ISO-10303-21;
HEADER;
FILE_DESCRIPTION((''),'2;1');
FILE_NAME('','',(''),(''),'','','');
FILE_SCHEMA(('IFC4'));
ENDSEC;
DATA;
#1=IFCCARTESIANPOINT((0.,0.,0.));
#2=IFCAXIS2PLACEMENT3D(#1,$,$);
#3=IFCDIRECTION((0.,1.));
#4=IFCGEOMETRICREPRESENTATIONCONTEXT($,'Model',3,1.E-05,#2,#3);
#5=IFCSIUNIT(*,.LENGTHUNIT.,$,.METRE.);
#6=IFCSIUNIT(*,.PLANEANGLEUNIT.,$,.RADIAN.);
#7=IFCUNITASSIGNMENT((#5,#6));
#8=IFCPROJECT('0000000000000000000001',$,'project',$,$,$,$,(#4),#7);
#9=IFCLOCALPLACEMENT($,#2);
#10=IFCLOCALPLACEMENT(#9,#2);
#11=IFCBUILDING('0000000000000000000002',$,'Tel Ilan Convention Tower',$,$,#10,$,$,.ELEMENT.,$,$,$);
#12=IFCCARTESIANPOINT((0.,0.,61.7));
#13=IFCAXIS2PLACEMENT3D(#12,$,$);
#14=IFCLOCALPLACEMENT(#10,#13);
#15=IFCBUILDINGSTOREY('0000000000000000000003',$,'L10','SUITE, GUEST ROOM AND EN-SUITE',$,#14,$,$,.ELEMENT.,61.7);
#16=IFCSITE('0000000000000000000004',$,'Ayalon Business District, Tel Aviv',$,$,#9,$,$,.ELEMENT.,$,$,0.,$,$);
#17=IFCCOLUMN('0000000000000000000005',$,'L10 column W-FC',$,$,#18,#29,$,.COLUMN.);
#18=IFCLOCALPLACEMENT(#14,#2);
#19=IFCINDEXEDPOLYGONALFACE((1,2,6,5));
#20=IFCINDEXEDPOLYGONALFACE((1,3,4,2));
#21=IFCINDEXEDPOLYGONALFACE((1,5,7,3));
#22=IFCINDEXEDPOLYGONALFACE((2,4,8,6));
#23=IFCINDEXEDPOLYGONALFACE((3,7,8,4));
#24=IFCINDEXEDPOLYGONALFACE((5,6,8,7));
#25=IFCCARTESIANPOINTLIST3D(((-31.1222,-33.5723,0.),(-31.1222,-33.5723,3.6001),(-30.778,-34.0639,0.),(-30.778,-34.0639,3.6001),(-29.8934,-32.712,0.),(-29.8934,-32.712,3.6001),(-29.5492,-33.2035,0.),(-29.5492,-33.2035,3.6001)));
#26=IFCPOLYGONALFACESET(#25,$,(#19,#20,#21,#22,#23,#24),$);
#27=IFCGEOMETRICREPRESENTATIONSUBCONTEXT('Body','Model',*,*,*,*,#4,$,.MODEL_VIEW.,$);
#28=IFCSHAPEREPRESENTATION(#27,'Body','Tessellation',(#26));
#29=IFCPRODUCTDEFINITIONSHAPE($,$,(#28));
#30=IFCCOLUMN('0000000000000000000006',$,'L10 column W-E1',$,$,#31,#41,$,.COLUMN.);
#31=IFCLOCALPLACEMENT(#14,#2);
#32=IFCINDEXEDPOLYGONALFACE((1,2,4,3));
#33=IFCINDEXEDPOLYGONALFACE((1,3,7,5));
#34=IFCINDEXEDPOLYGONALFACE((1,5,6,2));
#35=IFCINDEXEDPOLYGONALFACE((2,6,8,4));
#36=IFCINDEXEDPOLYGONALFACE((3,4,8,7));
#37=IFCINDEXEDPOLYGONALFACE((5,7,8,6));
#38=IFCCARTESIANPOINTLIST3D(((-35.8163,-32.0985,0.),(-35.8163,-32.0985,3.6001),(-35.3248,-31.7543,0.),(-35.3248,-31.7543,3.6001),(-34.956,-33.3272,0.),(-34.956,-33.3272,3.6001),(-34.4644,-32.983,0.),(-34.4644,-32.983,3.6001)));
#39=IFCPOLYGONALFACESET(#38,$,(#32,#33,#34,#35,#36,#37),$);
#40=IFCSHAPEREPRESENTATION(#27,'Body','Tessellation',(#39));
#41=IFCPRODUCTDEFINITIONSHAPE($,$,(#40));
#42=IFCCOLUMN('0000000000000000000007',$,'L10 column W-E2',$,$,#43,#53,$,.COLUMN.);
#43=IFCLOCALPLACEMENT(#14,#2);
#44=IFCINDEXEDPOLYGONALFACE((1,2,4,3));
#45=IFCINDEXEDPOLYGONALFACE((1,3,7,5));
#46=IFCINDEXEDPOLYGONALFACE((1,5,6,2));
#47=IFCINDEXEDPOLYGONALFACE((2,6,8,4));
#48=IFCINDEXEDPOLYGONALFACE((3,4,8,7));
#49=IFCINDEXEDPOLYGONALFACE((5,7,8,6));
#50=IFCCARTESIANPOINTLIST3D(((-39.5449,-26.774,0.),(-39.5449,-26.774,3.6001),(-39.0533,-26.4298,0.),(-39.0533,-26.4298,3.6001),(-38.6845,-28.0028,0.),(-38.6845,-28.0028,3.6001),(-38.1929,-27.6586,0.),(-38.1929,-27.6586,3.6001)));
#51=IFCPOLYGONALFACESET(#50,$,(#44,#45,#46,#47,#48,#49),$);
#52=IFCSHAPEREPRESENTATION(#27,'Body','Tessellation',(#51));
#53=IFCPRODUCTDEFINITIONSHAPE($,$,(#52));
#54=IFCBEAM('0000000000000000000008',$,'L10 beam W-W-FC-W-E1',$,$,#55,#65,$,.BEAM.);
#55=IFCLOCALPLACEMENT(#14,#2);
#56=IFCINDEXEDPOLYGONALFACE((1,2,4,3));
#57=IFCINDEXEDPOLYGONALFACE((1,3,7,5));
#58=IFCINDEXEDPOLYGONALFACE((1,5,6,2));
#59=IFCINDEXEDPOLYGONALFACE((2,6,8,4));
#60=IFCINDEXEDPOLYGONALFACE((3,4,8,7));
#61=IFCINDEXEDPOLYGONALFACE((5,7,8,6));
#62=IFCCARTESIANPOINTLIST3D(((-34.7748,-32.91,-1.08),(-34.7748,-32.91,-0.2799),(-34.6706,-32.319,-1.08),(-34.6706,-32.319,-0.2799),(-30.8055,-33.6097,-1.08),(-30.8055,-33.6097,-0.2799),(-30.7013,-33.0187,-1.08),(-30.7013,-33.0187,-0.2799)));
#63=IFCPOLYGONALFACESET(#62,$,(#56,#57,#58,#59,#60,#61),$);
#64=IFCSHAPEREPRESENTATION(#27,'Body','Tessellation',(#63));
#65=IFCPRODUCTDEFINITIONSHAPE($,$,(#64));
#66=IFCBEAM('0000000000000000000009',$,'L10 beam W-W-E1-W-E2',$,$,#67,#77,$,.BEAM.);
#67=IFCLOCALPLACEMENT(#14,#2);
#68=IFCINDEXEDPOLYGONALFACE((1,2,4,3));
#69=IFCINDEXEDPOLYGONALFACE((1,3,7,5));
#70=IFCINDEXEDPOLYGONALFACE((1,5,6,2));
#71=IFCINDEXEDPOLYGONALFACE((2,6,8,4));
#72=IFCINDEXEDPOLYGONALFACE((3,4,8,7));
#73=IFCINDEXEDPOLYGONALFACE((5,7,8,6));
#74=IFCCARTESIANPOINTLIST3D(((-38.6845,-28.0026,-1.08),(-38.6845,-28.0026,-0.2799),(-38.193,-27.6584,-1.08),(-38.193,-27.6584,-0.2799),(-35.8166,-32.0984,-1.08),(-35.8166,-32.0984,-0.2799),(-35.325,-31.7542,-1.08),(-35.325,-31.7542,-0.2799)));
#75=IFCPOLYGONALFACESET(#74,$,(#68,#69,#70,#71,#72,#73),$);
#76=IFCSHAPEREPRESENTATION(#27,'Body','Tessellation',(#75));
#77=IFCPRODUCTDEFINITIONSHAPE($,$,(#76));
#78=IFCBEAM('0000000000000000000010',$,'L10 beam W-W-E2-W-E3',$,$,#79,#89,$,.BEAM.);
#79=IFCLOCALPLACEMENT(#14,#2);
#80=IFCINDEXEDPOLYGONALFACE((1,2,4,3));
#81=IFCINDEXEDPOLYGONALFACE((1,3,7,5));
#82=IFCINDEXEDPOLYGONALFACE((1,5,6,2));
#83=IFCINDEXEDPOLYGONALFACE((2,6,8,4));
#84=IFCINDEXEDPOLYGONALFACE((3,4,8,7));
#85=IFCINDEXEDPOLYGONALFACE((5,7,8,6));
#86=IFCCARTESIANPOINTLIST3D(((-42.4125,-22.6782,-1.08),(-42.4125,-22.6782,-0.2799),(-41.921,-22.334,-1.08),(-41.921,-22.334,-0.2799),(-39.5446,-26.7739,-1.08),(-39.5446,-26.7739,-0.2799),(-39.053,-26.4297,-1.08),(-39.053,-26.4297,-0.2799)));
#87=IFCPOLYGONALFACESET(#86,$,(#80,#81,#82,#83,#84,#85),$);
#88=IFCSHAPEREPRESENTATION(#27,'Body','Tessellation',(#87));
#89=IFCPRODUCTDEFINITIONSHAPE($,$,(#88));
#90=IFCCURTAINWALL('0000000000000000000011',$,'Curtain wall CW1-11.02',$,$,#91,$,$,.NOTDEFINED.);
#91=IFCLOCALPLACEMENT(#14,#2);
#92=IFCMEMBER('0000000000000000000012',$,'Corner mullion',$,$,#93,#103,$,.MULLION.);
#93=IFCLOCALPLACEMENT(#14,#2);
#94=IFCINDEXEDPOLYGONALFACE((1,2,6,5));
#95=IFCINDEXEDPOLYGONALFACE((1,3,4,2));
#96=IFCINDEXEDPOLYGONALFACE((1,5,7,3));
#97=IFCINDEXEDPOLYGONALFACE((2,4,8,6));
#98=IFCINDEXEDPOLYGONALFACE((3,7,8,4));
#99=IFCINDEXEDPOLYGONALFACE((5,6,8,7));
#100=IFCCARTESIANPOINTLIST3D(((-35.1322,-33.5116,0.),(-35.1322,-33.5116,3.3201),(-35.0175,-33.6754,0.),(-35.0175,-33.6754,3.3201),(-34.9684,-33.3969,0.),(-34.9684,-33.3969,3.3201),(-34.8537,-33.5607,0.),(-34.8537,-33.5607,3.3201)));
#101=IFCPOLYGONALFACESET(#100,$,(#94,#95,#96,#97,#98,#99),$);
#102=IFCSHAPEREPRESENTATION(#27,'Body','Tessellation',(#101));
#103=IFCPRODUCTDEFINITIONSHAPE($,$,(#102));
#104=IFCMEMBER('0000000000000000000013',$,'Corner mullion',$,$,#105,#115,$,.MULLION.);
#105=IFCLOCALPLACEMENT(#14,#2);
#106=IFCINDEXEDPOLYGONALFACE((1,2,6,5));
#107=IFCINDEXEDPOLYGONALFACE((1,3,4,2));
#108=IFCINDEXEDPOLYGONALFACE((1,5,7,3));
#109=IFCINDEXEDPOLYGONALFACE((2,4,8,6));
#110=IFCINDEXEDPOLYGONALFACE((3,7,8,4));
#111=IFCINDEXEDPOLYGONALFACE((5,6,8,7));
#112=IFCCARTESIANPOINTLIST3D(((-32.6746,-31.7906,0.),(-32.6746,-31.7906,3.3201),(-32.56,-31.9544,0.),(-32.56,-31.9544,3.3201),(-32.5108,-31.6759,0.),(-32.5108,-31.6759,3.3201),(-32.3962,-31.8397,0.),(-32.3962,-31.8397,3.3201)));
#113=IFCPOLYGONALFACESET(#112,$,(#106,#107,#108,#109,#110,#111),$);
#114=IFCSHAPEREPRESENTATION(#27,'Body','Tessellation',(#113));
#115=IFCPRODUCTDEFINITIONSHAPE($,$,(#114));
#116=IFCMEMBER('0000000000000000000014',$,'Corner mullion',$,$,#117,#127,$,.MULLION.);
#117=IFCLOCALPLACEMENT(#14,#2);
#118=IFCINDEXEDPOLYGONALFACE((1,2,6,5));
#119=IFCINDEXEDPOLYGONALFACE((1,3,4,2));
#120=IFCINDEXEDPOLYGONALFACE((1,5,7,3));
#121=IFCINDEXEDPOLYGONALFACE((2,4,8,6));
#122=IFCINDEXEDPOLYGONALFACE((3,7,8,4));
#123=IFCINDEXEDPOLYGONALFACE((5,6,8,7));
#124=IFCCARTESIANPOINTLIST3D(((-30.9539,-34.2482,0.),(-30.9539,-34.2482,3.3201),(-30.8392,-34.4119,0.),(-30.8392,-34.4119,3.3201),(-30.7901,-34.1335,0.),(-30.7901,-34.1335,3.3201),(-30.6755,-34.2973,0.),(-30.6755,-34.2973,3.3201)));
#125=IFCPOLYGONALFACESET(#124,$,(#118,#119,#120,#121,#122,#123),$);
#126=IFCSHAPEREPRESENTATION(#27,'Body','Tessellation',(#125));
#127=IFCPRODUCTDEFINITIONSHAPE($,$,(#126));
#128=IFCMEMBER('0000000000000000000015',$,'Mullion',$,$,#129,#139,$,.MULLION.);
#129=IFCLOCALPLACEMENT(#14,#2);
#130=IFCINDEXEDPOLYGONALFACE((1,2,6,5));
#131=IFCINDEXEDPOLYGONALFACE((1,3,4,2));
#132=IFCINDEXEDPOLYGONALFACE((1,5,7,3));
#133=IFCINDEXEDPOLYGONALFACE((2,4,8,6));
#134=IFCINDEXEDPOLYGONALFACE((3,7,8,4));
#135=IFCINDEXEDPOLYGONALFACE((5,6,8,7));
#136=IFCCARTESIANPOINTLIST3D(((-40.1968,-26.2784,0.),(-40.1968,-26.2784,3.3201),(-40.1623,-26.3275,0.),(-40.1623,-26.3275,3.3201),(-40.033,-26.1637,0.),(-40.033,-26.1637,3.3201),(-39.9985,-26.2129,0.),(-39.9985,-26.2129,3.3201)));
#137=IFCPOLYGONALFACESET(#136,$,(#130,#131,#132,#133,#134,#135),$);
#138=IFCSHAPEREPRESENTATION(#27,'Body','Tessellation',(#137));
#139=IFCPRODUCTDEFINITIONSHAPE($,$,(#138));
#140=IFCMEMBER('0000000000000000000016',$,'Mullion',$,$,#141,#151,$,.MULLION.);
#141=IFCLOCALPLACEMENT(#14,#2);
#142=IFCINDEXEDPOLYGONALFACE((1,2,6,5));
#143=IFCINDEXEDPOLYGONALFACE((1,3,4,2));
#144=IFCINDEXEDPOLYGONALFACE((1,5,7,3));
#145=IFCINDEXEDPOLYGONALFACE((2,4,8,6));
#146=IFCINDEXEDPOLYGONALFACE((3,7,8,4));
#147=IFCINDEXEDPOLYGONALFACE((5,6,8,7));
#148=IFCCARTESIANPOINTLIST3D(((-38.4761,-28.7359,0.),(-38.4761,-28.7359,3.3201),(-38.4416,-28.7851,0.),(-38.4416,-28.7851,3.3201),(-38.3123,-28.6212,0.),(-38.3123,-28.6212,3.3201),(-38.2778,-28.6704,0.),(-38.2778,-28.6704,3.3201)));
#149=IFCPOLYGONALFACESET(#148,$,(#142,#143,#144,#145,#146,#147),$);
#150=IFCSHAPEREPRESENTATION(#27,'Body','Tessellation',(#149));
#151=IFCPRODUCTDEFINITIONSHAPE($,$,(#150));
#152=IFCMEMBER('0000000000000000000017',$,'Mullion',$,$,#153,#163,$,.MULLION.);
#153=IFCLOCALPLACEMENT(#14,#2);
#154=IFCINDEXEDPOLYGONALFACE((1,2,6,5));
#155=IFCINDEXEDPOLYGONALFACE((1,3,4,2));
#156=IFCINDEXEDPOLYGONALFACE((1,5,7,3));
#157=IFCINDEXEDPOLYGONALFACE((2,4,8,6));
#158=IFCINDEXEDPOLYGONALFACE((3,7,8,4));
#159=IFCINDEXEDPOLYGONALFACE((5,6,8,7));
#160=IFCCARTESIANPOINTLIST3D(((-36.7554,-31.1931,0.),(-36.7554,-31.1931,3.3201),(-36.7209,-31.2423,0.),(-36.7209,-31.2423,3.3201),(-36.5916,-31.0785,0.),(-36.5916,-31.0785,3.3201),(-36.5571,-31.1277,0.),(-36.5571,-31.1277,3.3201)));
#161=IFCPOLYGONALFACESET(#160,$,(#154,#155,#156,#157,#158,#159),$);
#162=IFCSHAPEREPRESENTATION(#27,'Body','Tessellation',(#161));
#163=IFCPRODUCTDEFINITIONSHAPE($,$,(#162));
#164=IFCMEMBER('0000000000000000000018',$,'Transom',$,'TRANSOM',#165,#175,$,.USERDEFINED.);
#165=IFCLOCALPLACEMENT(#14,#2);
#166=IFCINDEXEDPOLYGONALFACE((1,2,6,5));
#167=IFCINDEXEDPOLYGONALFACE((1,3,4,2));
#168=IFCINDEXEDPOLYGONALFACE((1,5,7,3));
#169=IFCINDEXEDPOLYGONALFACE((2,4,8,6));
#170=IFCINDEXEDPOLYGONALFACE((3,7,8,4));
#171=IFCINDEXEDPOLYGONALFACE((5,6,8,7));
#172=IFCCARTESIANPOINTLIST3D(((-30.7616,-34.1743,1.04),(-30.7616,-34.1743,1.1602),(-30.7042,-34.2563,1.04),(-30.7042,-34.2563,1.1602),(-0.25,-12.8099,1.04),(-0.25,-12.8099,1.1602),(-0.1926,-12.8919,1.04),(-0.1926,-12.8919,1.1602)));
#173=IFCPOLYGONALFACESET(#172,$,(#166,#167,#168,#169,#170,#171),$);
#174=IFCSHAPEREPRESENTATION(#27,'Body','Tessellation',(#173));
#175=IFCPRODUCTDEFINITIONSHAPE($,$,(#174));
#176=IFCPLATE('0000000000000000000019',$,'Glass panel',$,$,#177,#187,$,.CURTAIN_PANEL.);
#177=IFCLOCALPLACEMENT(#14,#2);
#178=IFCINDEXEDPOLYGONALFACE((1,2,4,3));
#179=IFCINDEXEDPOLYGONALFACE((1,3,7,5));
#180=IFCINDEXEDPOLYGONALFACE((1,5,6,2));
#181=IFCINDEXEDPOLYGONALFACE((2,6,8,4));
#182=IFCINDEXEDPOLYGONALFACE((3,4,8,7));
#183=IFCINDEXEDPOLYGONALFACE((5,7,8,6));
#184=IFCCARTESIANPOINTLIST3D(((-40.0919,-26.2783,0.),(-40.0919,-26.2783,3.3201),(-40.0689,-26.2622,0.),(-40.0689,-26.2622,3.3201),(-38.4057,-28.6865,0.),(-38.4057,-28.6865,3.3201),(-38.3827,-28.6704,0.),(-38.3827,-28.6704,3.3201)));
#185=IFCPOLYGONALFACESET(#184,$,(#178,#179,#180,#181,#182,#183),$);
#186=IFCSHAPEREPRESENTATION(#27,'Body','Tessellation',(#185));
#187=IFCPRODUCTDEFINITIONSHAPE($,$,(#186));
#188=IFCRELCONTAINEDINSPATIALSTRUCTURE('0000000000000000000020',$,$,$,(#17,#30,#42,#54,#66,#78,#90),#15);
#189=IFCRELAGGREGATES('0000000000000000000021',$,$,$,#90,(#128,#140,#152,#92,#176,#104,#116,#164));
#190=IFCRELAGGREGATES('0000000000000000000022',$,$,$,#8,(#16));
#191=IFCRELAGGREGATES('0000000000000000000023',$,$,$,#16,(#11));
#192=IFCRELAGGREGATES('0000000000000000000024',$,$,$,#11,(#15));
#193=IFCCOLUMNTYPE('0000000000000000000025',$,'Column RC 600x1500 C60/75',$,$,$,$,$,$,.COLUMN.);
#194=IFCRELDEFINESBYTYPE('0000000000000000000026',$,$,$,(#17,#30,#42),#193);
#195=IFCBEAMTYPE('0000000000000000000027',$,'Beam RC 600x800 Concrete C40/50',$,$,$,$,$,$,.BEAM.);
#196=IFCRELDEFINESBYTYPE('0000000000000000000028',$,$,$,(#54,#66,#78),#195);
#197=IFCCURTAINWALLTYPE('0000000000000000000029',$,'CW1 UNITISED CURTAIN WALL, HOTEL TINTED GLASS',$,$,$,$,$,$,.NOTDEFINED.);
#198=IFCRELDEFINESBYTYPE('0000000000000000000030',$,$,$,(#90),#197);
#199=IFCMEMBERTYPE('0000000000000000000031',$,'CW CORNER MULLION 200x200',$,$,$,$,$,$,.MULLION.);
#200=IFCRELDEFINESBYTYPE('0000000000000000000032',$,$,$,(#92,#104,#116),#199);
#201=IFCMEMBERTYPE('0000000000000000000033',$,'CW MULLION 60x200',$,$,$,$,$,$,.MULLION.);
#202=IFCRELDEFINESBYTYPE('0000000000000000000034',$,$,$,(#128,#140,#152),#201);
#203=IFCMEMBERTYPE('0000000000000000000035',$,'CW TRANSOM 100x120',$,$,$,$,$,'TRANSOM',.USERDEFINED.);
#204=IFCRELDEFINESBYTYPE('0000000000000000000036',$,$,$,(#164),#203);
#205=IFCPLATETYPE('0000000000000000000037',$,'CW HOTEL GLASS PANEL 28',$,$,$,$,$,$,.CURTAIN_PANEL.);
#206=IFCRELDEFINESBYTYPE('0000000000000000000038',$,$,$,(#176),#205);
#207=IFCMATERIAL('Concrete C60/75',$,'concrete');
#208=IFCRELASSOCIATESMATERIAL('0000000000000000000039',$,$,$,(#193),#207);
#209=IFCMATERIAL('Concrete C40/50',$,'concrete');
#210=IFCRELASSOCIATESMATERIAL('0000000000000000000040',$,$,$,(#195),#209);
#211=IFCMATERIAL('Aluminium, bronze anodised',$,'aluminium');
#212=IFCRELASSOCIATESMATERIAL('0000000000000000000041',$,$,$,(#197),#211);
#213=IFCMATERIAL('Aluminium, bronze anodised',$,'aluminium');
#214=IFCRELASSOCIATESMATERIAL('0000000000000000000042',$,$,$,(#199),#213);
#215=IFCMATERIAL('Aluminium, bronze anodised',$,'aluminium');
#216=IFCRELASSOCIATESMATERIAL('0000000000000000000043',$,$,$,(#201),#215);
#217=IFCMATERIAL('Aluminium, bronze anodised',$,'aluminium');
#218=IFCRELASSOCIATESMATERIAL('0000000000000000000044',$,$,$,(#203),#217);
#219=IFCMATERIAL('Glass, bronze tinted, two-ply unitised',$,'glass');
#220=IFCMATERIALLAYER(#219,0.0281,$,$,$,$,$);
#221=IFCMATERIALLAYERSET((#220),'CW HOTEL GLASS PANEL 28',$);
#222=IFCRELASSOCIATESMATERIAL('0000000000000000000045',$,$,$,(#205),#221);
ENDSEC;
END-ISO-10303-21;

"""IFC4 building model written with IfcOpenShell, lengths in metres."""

from ifc_helpers import new_model, si_unit, direction, frame, origin, origin_2d, place, context, subcontext, project, spatial, rectangle, extrude, material, layer, layer_set, material_profile, profile_set, type_object, element, aggregate, save


model = new_model("IFC4")

# Units and contexts
model_context = context("Model", 3, precision=1e-05, world=origin(), true_north=direction((0.0, 1.0)))
body_context = subcontext(model_context, "Body", "Model", "MODEL_VIEW")
ifc_project = project(units=[si_unit("LENGTHUNIT", "METRE"), si_unit("PLANEANGLEUNIT", "RADIAN")], contexts=[model_context])

# Site, building, storey
site_placement = place(None, origin())
site = spatial("IfcSite", under=ifc_project, at=site_placement, Name="Ayalon Business District, Tel Aviv", CompositionType="ELEMENT", RefElevation=0.0)
building_placement = place(site_placement, origin())
building = spatial("IfcBuilding", under=site, at=building_placement, Name="Tel Ilan Convention Tower", CompositionType="ELEMENT")
storey_placement = place(building_placement, frame((0.0, 0.0, 61.7)))
storey = spatial("IfcBuildingStorey", under=building, at=storey_placement, Name="L10", Description="SUITE, GUEST ROOM AND EN-SUITE", CompositionType="ELEMENT", Elevation=61.7)

# Columns
ifc_material_1 = material(Name="Concrete C60/75", Category="concrete")
ifc_material_profile_1 = material_profile(ifc_material_1, rectangle(XDim=1.5, YDim=0.6001, at=origin_2d()), Name="RC 600x1500")
ifc_profile_set_1 = profile_set([ifc_material_profile_1], Name="Concrete C60/75")
column_type = type_object("IfcColumnType", Name="Column RC 600x1500 C60/75", PredefinedType="COLUMN", material=ifc_profile_set_1)
for number, where, z_axis, x_axis, name in (
    (1, (-30.3357, -33.3879, 0.0), (0.0, 0.0, 1.0), (-0.819152, -0.573576, 0.0), "L10 column W-FC"),
    (2, (-35.1404, -32.5408, 0.0), (0.0, 0.0, 1.0), (-0.573576, 0.819152, 0.0), "L10 column W-E1"),
    (3, (-38.8689, -27.2163, 0.0), (0.0, 0.0, 1.0), (-0.573576, 0.819152, 0.0), "L10 column W-E2"),
):
    element("IfcColumn", number, at=place(storey_placement, frame(where, z_axis=z_axis, x_axis=x_axis)), inside=storey, type_object=column_type, Name=name, PredefinedType="COLUMN", context=body_context, shape_type="SweptSolid", body=[
        extrude(rectangle(XDim=1.5, YDim=0.6001, at=origin_2d()), origin(), (0.0, 0.0, 1.0), 3.6001),
    ])

# Beams
ifc_material_2 = material(Name="Concrete C40/50", Category="concrete")
ifc_material_profile_2 = material_profile(ifc_material_2, rectangle(XDim=0.6001, YDim=0.8, at=origin_2d()), Name="RC 600x800")
ifc_profile_set_2 = profile_set([ifc_material_profile_2], Name="Concrete C40/50")
beam_type = type_object("IfcBeamType", Name="Beam RC 600x800 Concrete C40/50", PredefinedType="BEAM", material=ifc_profile_set_2)
beam_placement = place(storey_placement, frame((-30.7534, -33.3142, -0.6799), z_axis=(-0.984815, 0.173606, 0.0), x_axis=(-0.173606, -0.984815, 0.0)))
element("IfcBeam", 4, at=beam_placement, inside=storey, type_object=beam_type, Name="L10 beam W-W-FC-W-E1", PredefinedType="BEAM", context=body_context, shape_type="SweptSolid", body=[
    extrude(rectangle(XDim=0.6001, YDim=0.8, at=origin_2d()), origin(), (0.0, 0.0, 1.0), 4.0305),
])
for number, where, z_axis, x_axis, name in (
    (5, (-35.5708, -31.9263, -0.6799), (-0.573587, 0.819145, 0.0), (-0.819145, -0.573587, 0.0), "L10 beam W-W-E1-W-E2"),
    (6, (-39.2988, -26.6018, -0.6799), (-0.573587, 0.819145, 0.0), (-0.819145, -0.573587, 0.0), "L10 beam W-W-E2-W-E3"),
):
    element("IfcBeam", number, at=place(storey_placement, frame(where, z_axis=z_axis, x_axis=x_axis)), inside=storey, type_object=beam_type, Name=name, PredefinedType="BEAM", context=body_context, shape_type="SweptSolid", body=[
        extrude(rectangle(XDim=0.6001, YDim=0.8, at=origin_2d()), origin(), (0.0, 0.0, 1.0), 5.0),
    ])

# Curtain wall, members, plate
ifc_material_3 = material(Name="Aluminium, bronze anodised", Category="aluminium")
curtain_wall_type = type_object("IfcCurtainWallType", Name="CW1 UNITISED CURTAIN WALL, HOTEL TINTED GLASS", PredefinedType="NOTDEFINED", material=ifc_material_3)
curtain_wall_placement = place(storey_placement, origin())
curtain_wall = element("IfcCurtainWall", 7, at=curtain_wall_placement, inside=storey, type_object=curtain_wall_type, Name="Curtain wall CW1-11.02", PredefinedType="NOTDEFINED")
ifc_material_4 = material(Name="Aluminium, bronze anodised", Category="aluminium")
ifc_material_profile_3 = material_profile(ifc_material_4, rectangle(XDim=0.2, YDim=0.2, at=origin_2d()), Name="CW CORNER MULLION 200x200")
ifc_profile_set_3 = profile_set([ifc_material_profile_3], Name="Aluminium, bronze anodised")
member_type_1 = type_object("IfcMemberType", Name="CW CORNER MULLION 200x200", PredefinedType="MULLION", material=ifc_profile_set_3)
member_1_placement = place(storey_placement, frame((-34.9929, -33.5361, 0.0), z_axis=(0.0, 0.0, 1.0), x_axis=(0.573576, -0.819152, 0.0)))
member_1 = element("IfcMember", 8, at=member_1_placement, type_object=member_type_1, Name="Corner mullion", PredefinedType="MULLION", context=body_context, shape_type="SweptSolid", body=[
    extrude(rectangle(XDim=0.2, YDim=0.2, at=origin_2d()), origin(), (0.0, 0.0, 1.0), 3.3201),
])
member_2_placement = place(storey_placement, frame((-32.5354, -31.8152, 0.0), z_axis=(0.0, 0.0, 1.0), x_axis=(0.819152, 0.573576, 0.0)))
member_2 = element("IfcMember", 9, at=member_2_placement, type_object=member_type_1, Name="Corner mullion", PredefinedType="MULLION", context=body_context, shape_type="SweptSolid", body=[
    extrude(rectangle(XDim=0.2, YDim=0.2, at=origin_2d()), origin(), (0.0, 0.0, 1.0), 3.3201),
])
member_3_placement = place(storey_placement, frame((-30.8147, -34.2727, 0.0), z_axis=(0.0, 0.0, 1.0), x_axis=(0.573576, -0.819152, 0.0)))
member_3 = element("IfcMember", 10, at=member_3_placement, type_object=member_type_1, Name="Corner mullion", PredefinedType="MULLION", context=body_context, shape_type="SweptSolid", body=[
    extrude(rectangle(XDim=0.2, YDim=0.2, at=origin_2d()), origin(), (0.0, 0.0, 1.0), 3.3201),
])
ifc_material_5 = material(Name="Aluminium, bronze anodised", Category="aluminium")
ifc_material_profile_4 = material_profile(ifc_material_5, rectangle(XDim=0.0601, YDim=0.2, at=origin_2d()), Name="CW MULLION 60x200")
ifc_profile_set_4 = profile_set([ifc_material_profile_4], Name="Aluminium, bronze anodised")
member_type_2 = type_object("IfcMemberType", Name="CW MULLION 60x200", PredefinedType="MULLION", material=ifc_profile_set_4)
member_4_placement = place(storey_placement, frame((-40.0977, -26.2456, 0.0), z_axis=(0.0, 0.0, 1.0), x_axis=(0.573576, -0.819152, 0.0)))
member_4 = element("IfcMember", 11, at=member_4_placement, type_object=member_type_2, Name="Mullion", PredefinedType="MULLION", context=body_context, shape_type="SweptSolid", body=[
    extrude(rectangle(XDim=0.0601, YDim=0.2, at=origin_2d()), origin(), (0.0, 0.0, 1.0), 3.3201),
])
member_5_placement = place(storey_placement, frame((-38.377, -28.7031, 0.0), z_axis=(0.0, 0.0, 1.0), x_axis=(0.573576, -0.819152, 0.0)))
member_5 = element("IfcMember", 12, at=member_5_placement, type_object=member_type_2, Name="Mullion", PredefinedType="MULLION", context=body_context, shape_type="SweptSolid", body=[
    extrude(rectangle(XDim=0.0601, YDim=0.2, at=origin_2d()), origin(), (0.0, 0.0, 1.0), 3.3201),
])
member_6_placement = place(storey_placement, frame((-36.6562, -31.1604, 0.0), z_axis=(0.0, 0.0, 1.0), x_axis=(0.573576, -0.819152, 0.0)))
member_6 = element("IfcMember", 13, at=member_6_placement, type_object=member_type_2, Name="Mullion", PredefinedType="MULLION", context=body_context, shape_type="SweptSolid", body=[
    extrude(rectangle(XDim=0.0601, YDim=0.2, at=origin_2d()), origin(), (0.0, 0.0, 1.0), 3.3201),
])
ifc_material_6 = material(Name="Aluminium, bronze anodised", Category="aluminium")
ifc_material_profile_5 = material_profile(ifc_material_6, rectangle(XDim=0.1001, YDim=0.1201, at=origin_2d()), Name="CW TRANSOM 100x120")
ifc_profile_set_5 = profile_set([ifc_material_profile_5], Name="Aluminium, bronze anodised")
member_type_3 = type_object("IfcMemberType", Name="CW TRANSOM 100x120", ElementType="TRANSOM", PredefinedType="USERDEFINED", material=ifc_profile_set_5)
member_7_placement = place(storey_placement, frame((-30.7329, -34.2153, 1.1001), z_axis=(0.819152, 0.573576, 0.0), x_axis=(-0.573576, 0.819152, 0.0)))
member_7 = element("IfcMember", 14, at=member_7_placement, type_object=member_type_3, Name="Transom", ObjectType="TRANSOM", PredefinedType="USERDEFINED", context=body_context, shape_type="SweptSolid", body=[
    extrude(rectangle(XDim=0.1001, YDim=0.1201, at=origin_2d()), origin(), (0.0, 0.0, 1.0), 37.2478),
])
ifc_material_7 = material(Name="Glass, bronze tinted, two-ply unitised", Category="glass")
ifc_layer_1 = layer(ifc_material_7, 0.0281)
ifc_layer_set_1 = layer_set([ifc_layer_1], Name="CW HOTEL GLASS PANEL 28")
plate_type = type_object("IfcPlateType", Name="CW HOTEL GLASS PANEL 28", PredefinedType="CURTAIN_PANEL", material=ifc_layer_set_1)
plate_1_placement = place(storey_placement, frame((-39.2373, -27.4744, 0.0), z_axis=(0.0, 0.0, 1.0), x_axis=(0.573576, -0.819152, 0.0)))
plate_1 = element("IfcPlate", 15, at=plate_1_placement, type_object=plate_type, Name="Glass panel", PredefinedType="CURTAIN_PANEL", context=body_context, shape_type="SweptSolid", body=[
    extrude(rectangle(XDim=2.9399, YDim=0.0281, at=origin_2d()), origin(), (0.0, 0.0, 1.0), 3.3201),
])
aggregate(curtain_wall, [member_4, member_5, member_6, member_1, plate_1, member_2, member_3, member_7])

save(model, "model.ifc")
